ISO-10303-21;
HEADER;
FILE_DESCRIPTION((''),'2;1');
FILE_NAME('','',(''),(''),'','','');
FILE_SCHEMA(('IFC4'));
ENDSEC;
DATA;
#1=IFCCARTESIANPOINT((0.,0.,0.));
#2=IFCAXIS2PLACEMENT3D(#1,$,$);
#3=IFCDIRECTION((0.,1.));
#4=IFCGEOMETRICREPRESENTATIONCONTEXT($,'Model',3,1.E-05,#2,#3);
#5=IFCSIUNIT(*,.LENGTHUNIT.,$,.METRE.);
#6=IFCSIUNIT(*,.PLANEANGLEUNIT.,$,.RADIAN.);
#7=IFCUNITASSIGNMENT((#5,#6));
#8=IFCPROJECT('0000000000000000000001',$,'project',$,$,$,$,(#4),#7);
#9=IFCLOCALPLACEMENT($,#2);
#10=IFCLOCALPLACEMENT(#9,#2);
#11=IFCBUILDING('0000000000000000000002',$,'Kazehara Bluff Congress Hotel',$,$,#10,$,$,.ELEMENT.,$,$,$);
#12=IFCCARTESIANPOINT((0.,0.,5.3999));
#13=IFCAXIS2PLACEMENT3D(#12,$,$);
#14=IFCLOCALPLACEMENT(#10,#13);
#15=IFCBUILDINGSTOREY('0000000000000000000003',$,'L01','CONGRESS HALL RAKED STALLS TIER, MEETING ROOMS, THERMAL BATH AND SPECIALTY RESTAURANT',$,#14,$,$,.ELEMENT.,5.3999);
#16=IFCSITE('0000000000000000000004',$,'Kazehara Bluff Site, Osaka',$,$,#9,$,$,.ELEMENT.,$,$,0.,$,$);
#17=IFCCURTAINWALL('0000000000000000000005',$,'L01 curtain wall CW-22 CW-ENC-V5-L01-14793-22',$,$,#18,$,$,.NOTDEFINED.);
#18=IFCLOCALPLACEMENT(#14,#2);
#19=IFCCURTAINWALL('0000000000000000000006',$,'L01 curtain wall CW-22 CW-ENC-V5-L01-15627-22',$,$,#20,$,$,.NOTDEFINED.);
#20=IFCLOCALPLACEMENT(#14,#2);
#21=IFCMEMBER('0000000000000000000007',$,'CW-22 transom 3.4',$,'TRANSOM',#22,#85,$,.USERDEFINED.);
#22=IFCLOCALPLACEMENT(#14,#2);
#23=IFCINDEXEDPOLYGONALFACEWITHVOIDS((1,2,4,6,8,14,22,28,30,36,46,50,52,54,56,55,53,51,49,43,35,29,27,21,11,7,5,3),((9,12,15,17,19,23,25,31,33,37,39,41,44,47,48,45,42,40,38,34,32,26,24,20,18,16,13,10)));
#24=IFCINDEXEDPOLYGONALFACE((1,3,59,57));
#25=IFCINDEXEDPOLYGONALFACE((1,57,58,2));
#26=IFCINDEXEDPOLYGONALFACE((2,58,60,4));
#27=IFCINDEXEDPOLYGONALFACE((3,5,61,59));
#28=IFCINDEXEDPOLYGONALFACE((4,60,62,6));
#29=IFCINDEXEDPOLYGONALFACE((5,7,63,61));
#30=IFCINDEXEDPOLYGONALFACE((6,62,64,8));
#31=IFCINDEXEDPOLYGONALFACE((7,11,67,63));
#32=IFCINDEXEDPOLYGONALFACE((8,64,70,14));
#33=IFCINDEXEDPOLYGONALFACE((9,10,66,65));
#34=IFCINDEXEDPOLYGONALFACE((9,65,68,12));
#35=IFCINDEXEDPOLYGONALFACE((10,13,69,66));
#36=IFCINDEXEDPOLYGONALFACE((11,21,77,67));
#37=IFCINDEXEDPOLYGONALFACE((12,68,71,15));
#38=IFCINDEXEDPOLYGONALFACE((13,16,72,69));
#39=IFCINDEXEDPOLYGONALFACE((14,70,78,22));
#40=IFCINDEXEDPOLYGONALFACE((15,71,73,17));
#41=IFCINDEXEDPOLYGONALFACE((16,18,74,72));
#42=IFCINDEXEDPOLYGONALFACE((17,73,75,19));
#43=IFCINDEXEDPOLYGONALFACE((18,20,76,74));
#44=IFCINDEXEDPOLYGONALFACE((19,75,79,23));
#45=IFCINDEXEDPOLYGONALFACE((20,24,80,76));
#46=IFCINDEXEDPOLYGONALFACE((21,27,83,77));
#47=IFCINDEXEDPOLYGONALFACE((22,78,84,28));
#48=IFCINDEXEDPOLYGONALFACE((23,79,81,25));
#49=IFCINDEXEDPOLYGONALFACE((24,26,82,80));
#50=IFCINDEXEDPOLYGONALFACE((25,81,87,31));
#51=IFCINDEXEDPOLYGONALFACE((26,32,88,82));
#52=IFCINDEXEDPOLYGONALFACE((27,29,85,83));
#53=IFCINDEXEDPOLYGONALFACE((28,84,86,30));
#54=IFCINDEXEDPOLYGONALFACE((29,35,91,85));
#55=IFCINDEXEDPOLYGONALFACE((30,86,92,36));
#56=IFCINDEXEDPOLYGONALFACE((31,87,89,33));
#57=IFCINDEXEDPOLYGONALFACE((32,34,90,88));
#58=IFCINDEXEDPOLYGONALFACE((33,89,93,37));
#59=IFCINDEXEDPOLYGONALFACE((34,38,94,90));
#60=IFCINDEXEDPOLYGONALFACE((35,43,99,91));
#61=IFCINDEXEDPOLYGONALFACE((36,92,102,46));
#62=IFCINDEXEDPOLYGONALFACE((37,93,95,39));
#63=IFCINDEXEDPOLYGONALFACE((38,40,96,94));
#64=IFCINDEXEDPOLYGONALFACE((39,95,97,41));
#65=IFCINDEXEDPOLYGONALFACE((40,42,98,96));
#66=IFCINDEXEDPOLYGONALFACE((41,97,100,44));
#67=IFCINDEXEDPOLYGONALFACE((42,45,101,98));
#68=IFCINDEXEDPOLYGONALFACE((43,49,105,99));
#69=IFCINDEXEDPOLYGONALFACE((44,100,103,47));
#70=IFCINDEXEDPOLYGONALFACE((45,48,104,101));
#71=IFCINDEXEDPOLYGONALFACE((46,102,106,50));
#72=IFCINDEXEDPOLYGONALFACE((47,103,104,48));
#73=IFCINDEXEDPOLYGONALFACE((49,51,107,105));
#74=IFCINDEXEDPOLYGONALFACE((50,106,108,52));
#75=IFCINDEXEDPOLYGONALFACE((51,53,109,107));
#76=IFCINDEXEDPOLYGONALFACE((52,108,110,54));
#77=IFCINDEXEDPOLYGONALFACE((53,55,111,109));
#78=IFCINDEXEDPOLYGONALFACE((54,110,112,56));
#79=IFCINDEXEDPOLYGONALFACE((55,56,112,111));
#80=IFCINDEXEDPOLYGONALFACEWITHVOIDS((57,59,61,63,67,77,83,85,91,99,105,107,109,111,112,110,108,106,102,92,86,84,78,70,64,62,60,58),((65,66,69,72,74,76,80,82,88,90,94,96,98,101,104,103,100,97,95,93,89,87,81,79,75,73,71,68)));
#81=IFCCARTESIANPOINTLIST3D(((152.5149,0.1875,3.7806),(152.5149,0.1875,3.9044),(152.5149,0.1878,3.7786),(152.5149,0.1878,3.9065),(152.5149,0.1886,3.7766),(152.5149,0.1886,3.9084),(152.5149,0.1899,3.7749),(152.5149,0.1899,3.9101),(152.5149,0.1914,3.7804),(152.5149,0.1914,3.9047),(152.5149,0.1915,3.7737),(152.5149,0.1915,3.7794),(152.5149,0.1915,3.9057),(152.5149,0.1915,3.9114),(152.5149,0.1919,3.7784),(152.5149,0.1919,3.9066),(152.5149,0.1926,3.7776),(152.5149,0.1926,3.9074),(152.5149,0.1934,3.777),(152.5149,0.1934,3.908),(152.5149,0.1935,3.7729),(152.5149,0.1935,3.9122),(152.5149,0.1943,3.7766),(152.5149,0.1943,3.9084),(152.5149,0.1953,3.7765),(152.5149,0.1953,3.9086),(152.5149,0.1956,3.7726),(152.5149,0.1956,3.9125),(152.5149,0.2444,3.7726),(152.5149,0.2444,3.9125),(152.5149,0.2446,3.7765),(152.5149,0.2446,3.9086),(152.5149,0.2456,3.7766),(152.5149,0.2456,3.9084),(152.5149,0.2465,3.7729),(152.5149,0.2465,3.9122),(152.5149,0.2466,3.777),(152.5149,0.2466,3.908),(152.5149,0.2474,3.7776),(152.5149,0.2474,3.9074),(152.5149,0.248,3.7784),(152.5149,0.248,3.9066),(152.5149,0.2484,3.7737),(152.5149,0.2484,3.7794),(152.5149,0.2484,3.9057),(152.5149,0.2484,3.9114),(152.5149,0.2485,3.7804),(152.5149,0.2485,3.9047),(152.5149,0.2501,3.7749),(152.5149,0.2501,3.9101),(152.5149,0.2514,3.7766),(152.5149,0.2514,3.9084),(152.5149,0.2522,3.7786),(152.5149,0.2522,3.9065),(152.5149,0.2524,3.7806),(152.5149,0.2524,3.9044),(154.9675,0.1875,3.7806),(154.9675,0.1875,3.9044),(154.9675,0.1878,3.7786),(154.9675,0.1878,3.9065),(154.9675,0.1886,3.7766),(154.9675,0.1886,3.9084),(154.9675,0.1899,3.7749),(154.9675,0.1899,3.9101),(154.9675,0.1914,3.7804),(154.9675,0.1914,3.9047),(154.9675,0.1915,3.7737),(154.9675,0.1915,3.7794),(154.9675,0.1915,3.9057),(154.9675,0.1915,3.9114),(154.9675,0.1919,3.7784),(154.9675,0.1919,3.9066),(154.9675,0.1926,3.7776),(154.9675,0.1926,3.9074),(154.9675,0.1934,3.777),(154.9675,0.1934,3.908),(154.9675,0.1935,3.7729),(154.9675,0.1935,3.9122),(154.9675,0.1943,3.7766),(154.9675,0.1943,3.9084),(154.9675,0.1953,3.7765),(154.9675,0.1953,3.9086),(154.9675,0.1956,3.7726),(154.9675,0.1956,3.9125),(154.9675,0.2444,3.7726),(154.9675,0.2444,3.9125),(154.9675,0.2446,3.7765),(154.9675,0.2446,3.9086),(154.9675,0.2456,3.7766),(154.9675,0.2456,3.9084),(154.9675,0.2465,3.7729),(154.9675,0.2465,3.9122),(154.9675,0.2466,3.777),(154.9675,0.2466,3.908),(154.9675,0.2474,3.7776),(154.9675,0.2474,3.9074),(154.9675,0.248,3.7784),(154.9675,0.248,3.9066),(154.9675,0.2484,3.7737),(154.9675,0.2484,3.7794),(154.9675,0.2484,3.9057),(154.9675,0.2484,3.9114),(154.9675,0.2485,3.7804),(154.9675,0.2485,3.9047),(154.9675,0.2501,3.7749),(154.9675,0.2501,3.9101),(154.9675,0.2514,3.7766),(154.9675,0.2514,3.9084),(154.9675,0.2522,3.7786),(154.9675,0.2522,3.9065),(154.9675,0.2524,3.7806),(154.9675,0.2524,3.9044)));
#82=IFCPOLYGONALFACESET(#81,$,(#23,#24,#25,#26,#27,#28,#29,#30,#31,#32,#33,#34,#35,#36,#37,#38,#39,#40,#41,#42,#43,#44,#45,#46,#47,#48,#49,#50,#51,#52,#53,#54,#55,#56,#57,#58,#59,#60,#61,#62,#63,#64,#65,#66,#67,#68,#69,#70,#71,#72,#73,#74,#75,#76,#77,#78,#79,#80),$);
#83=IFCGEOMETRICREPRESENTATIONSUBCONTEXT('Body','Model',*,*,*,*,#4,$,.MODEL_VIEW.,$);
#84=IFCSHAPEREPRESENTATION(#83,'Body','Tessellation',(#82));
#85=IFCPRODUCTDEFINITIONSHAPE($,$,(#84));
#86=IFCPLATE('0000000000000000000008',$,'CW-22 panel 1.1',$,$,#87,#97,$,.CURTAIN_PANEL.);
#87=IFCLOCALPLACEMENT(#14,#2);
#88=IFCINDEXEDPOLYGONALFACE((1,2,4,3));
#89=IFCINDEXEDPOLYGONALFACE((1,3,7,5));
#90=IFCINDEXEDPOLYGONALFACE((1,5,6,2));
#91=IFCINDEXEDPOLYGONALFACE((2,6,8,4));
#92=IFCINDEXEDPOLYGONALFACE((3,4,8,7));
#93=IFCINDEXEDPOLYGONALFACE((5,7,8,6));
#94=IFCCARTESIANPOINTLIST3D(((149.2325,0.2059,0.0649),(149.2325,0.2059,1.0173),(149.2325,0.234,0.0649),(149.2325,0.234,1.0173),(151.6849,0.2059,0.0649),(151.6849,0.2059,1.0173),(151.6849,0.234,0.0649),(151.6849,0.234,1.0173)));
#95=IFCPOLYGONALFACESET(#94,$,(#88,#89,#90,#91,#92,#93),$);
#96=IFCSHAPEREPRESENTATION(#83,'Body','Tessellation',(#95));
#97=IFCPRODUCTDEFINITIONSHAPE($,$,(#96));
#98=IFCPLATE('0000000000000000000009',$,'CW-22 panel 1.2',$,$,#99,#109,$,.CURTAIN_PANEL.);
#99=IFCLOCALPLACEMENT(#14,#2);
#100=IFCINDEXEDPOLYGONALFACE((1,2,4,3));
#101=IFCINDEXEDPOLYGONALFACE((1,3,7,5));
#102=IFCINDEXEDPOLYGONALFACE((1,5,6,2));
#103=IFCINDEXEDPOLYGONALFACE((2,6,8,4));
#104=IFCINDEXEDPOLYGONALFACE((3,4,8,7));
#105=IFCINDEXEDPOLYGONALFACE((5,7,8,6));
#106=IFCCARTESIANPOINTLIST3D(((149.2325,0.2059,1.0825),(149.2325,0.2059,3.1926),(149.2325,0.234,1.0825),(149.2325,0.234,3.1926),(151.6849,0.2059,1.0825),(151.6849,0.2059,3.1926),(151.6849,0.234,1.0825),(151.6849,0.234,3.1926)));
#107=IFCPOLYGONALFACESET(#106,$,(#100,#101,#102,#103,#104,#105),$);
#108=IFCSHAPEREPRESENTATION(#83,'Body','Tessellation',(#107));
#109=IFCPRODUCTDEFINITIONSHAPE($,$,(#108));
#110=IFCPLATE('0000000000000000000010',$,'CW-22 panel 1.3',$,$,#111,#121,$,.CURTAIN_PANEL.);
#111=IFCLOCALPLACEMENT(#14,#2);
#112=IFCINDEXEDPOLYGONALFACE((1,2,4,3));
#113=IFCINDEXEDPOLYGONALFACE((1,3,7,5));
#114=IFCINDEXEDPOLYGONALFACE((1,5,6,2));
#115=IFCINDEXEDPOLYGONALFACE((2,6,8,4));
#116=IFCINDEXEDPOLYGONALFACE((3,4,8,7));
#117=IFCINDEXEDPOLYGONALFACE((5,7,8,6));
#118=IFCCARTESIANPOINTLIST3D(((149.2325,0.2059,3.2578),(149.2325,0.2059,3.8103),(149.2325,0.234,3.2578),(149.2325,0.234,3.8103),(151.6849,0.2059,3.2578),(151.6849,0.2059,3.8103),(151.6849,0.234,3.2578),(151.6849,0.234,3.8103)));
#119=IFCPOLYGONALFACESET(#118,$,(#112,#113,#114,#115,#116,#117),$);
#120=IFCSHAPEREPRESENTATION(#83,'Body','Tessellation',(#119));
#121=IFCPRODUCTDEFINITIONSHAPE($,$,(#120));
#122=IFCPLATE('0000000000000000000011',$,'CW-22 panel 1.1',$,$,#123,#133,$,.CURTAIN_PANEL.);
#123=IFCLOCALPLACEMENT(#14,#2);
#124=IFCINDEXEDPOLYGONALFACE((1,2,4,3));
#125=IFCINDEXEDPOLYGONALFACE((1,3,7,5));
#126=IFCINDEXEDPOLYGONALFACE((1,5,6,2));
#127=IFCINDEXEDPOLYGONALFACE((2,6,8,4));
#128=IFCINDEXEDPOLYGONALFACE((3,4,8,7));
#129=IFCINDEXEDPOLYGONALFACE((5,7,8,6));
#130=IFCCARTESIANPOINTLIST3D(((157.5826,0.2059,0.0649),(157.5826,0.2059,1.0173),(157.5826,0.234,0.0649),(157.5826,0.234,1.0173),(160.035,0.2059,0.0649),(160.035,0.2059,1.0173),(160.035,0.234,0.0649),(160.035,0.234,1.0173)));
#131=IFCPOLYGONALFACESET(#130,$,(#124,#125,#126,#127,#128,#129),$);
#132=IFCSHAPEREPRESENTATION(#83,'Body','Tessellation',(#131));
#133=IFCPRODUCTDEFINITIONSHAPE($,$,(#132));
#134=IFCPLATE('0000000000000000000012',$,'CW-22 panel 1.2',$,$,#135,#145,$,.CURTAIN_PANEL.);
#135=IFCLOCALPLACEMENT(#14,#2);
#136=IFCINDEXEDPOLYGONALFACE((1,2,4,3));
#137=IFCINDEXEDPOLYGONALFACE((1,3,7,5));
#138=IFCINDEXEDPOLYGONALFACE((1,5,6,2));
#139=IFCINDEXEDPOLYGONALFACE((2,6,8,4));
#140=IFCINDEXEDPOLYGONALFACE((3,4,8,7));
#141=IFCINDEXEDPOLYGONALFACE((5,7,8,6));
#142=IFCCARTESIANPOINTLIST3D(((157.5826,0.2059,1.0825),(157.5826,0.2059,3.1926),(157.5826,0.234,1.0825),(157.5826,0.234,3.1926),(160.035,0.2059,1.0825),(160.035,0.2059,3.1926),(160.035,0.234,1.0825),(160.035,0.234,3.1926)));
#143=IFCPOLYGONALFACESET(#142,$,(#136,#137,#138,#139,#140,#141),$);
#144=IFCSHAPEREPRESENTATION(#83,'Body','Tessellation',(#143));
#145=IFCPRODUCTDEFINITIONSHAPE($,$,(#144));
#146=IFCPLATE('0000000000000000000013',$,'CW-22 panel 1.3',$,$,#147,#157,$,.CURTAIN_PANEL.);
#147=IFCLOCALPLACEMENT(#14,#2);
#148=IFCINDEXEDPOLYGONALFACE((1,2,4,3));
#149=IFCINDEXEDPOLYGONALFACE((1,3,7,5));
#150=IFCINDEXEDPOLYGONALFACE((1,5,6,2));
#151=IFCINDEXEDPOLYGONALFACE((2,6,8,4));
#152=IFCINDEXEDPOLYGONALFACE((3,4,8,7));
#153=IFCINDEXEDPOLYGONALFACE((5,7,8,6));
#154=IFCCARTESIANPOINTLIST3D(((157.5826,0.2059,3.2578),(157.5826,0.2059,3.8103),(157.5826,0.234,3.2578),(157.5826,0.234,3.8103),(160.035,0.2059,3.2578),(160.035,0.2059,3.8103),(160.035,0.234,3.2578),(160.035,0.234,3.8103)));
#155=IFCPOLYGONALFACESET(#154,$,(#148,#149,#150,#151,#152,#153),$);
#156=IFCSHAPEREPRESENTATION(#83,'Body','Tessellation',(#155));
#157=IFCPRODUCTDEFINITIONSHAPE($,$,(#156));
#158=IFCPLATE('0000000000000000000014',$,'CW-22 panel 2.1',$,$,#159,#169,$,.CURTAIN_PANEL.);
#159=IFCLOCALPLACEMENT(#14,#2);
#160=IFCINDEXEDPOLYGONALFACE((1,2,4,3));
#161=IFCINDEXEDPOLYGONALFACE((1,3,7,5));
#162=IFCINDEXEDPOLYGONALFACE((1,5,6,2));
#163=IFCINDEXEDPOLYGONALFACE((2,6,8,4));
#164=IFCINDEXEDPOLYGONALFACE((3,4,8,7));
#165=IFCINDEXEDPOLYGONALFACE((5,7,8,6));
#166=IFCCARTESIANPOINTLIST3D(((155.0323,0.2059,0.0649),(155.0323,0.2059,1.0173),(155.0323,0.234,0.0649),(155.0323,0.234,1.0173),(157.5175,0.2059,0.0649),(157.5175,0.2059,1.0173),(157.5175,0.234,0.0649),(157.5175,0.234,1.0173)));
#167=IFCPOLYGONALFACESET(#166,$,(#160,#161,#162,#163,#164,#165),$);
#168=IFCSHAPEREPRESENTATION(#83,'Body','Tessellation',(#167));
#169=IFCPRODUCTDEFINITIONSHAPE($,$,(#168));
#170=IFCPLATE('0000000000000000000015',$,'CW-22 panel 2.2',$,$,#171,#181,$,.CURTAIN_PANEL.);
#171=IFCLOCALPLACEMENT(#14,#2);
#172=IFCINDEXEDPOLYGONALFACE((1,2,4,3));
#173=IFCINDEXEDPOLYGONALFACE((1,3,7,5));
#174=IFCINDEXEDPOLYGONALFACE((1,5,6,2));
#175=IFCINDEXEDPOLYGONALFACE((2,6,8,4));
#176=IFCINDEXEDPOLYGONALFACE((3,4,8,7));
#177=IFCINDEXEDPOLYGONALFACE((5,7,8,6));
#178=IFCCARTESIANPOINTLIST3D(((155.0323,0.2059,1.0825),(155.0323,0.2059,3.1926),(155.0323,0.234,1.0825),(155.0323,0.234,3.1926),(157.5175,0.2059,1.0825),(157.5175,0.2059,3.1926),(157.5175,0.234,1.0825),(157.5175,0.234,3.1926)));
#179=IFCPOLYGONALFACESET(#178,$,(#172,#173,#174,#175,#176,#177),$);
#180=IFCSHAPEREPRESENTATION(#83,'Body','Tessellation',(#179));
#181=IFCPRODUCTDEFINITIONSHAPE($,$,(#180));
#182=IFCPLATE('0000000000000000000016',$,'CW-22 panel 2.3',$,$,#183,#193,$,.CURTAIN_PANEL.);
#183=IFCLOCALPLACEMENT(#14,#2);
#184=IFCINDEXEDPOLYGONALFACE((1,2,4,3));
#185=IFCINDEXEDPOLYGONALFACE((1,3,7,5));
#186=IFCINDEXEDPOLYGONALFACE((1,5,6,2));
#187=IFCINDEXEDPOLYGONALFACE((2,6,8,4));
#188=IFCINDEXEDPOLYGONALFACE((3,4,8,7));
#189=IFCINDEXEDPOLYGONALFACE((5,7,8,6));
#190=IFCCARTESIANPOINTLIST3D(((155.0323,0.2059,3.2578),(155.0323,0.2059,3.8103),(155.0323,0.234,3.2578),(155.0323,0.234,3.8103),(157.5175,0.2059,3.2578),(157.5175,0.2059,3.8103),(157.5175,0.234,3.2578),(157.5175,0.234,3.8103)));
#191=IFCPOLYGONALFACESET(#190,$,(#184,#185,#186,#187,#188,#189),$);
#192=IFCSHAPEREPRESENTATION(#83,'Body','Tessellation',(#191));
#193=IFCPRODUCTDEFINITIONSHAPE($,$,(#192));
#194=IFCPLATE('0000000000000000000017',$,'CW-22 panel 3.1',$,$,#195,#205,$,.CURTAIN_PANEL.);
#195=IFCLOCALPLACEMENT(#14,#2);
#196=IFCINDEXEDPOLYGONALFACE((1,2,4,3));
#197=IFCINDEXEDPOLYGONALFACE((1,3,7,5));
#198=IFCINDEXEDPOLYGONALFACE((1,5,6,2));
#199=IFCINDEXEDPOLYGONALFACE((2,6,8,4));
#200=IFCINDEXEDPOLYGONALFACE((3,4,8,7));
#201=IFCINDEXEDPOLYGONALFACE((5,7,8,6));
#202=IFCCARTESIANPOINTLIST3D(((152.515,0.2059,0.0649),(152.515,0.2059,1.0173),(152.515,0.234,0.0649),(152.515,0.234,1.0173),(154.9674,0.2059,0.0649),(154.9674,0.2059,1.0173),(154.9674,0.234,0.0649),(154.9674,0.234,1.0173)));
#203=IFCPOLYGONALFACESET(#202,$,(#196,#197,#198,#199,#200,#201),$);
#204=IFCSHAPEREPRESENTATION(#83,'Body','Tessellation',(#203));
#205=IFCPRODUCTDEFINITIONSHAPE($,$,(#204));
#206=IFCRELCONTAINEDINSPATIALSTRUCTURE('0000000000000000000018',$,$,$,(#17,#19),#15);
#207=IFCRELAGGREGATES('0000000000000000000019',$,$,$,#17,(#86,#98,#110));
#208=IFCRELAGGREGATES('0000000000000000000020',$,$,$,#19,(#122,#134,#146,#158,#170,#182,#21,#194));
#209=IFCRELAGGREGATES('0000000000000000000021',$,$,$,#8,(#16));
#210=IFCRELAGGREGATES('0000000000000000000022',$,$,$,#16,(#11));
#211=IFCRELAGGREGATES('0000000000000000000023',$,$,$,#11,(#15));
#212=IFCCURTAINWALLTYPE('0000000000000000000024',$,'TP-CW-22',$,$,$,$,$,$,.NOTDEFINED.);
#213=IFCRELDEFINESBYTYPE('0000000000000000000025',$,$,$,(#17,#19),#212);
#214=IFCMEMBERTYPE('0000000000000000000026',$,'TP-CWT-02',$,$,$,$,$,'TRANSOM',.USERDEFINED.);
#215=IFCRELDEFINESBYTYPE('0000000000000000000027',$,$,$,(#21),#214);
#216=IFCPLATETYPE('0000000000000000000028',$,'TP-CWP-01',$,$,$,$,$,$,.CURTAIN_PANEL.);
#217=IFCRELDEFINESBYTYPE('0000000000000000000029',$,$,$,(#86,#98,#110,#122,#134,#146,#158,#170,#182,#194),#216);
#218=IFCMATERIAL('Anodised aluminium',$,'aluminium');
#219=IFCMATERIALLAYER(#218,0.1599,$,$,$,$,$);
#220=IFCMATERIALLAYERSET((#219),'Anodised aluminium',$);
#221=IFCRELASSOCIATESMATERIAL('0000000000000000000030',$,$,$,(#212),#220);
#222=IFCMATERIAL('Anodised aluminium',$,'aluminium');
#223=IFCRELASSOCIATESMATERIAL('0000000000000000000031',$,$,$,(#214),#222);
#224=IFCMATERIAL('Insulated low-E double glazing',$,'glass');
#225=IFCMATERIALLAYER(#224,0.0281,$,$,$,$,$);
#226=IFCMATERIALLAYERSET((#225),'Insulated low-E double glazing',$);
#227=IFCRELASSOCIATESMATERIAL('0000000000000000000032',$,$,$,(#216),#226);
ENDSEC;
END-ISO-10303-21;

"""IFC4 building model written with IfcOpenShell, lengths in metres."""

from ifc_helpers import new_model, si_unit, direction, frame, origin, origin_2d, place, context, subcontext, project, spatial, rectangle, hollow_rectangle, extrude, material, layer, layer_set, material_profile, profile_set, type_object, element, aggregate, save


model = new_model("IFC4")

# Units and contexts
model_context = context("Model", 3, precision=1e-05, world=origin(), true_north=direction((0.0, 1.0)))
body_context = subcontext(model_context, "Body", "Model", "MODEL_VIEW")
ifc_project = project(units=[si_unit("LENGTHUNIT", "METRE"), si_unit("PLANEANGLEUNIT", "RADIAN")], contexts=[model_context])

# Site, building, storey
site_placement = place(None, origin())
site = spatial("IfcSite", under=ifc_project, at=site_placement, Name="Kazehara Bluff Site, Osaka", CompositionType="ELEMENT", RefElevation=0.0)
building_placement = place(site_placement, origin())
building = spatial("IfcBuilding", under=site, at=building_placement, Name="Kazehara Bluff Congress Hotel", CompositionType="ELEMENT")
storey_placement = place(building_placement, frame((0.0, 0.0, 5.3999)))
storey = spatial("IfcBuildingStorey", under=building, at=storey_placement, Name="L01", Description="CONGRESS HALL RAKED STALLS TIER, MEETING ROOMS, THERMAL BATH AND SPECIALTY RESTAURANT", CompositionType="ELEMENT", Elevation=5.3999)

# Curtain walls
ifc_material_1 = material(Name="Anodised aluminium", Category="aluminium")
ifc_layer_1 = layer(ifc_material_1, 0.1599)
ifc_layer_set_1 = layer_set([ifc_layer_1], Name="Anodised aluminium")
curtain_wall_type = type_object("IfcCurtainWallType", Name="TP-CW-22", PredefinedType="NOTDEFINED", material=ifc_layer_set_1)
curtain_wall_1_placement = place(storey_placement, origin())
curtain_wall_1 = element("IfcCurtainWall", 1, at=curtain_wall_1_placement, inside=storey, type_object=curtain_wall_type, Name="L01 curtain wall CW-22 CW-ENC-V5-L01-14793-22", PredefinedType="NOTDEFINED")
curtain_wall_2_placement = place(storey_placement, origin())
curtain_wall_2 = element("IfcCurtainWall", 2, at=curtain_wall_2_placement, inside=storey, type_object=curtain_wall_type, Name="L01 curtain wall CW-22 CW-ENC-V5-L01-15627-22", PredefinedType="NOTDEFINED")

# Member
ifc_material_2 = material(Name="Anodised aluminium", Category="aluminium")
ifc_material_profile_1 = material_profile(ifc_material_2, hollow_rectangle(XDim=0.0649, YDim=0.1399, WallThickness=0.0039, InnerFilletRadius=0.0039, OuterFilletRadius=0.0081, at=origin_2d()))
ifc_profile_set_1 = profile_set([ifc_material_profile_1], Name="Anodised aluminium")
member_type_1 = type_object("IfcMemberType", Name="TP-CWT-02", ElementType="TRANSOM", PredefinedType="USERDEFINED", material=ifc_profile_set_1)
member_1_placement = place(storey_placement, frame((154.9675, 0.22, 3.8425), z_axis=(-1.0, 0.0, 0.0), x_axis=(0.0, -1.0, 0.0)))
member_1 = element("IfcMember", 3, at=member_1_placement, type_object=member_type_1, Name="CW-22 transom 3.4", ObjectType="TRANSOM", PredefinedType="USERDEFINED", context=body_context, shape_type="SweptSolid", body=[
    extrude(hollow_rectangle(XDim=0.0649, YDim=0.1399, WallThickness=0.0039, InnerFilletRadius=0.0039, OuterFilletRadius=0.0081, at=origin_2d()), origin(), (0.0, 0.0, 1.0), 2.4526),
])

# Plates
ifc_material_3 = material(Name="Insulated low-E double glazing", Category="glass")
ifc_layer_2 = layer(ifc_material_3, 0.0281)
ifc_layer_set_2 = layer_set([ifc_layer_2], Name="Insulated low-E double glazing")
plate_type = type_object("IfcPlateType", Name="TP-CWP-01", PredefinedType="CURTAIN_PANEL", material=ifc_layer_set_2)
plate_1_placement = place(storey_placement, frame((150.4587, 0.22, 0.0649), z_axis=(0.0, 0.0, 1.0), x_axis=(-1.0, 0.0, 0.0)))
plate_1 = element("IfcPlate", 4, at=plate_1_placement, type_object=plate_type, Name="CW-22 panel 1.1", PredefinedType="CURTAIN_PANEL", context=body_context, shape_type="SweptSolid", body=[
    extrude(rectangle(XDim=2.4524, YDim=0.0281, at=origin_2d()), origin(), (0.0, 0.0, 1.0), 0.9524),
])
plate_2_placement = place(storey_placement, frame((150.4587, 0.22, 1.0825), z_axis=(0.0, 0.0, 1.0), x_axis=(-1.0, 0.0, 0.0)))
plate_2 = element("IfcPlate", 5, at=plate_2_placement, type_object=plate_type, Name="CW-22 panel 1.2", PredefinedType="CURTAIN_PANEL", context=body_context, shape_type="SweptSolid", body=[
    extrude(rectangle(XDim=2.4524, YDim=0.0281, at=origin_2d()), origin(), (0.0, 0.0, 1.0), 2.1101),
])
plate_3_placement = place(storey_placement, frame((150.4587, 0.22, 3.2578), z_axis=(0.0, 0.0, 1.0), x_axis=(-1.0, 0.0, 0.0)))
plate_3 = element("IfcPlate", 6, at=plate_3_placement, type_object=plate_type, Name="CW-22 panel 1.3", PredefinedType="CURTAIN_PANEL", context=body_context, shape_type="SweptSolid", body=[
    extrude(rectangle(XDim=2.4524, YDim=0.0281, at=origin_2d()), origin(), (0.0, 0.0, 1.0), 0.5525),
])
aggregate(curtain_wall_1, [plate_1, plate_2, plate_3])
plate_4_placement = place(storey_placement, frame((158.8088, 0.22, 0.0649), z_axis=(0.0, 0.0, 1.0), x_axis=(-1.0, 0.0, 0.0)))
plate_4 = element("IfcPlate", 7, at=plate_4_placement, type_object=plate_type, Name="CW-22 panel 1.1", PredefinedType="CURTAIN_PANEL", context=body_context, shape_type="SweptSolid", body=[
    extrude(rectangle(XDim=2.4524, YDim=0.0281, at=origin_2d()), origin(), (0.0, 0.0, 1.0), 0.9524),
])
plate_5_placement = place(storey_placement, frame((158.8088, 0.22, 1.0825), z_axis=(0.0, 0.0, 1.0), x_axis=(-1.0, 0.0, 0.0)))
plate_5 = element("IfcPlate", 8, at=plate_5_placement, type_object=plate_type, Name="CW-22 panel 1.2", PredefinedType="CURTAIN_PANEL", context=body_context, shape_type="SweptSolid", body=[
    extrude(rectangle(XDim=2.4524, YDim=0.0281, at=origin_2d()), origin(), (0.0, 0.0, 1.0), 2.1101),
])
plate_6_placement = place(storey_placement, frame((158.8088, 0.22, 3.2578), z_axis=(0.0, 0.0, 1.0), x_axis=(-1.0, 0.0, 0.0)))
plate_6 = element("IfcPlate", 9, at=plate_6_placement, type_object=plate_type, Name="CW-22 panel 1.3", PredefinedType="CURTAIN_PANEL", context=body_context, shape_type="SweptSolid", body=[
    extrude(rectangle(XDim=2.4524, YDim=0.0281, at=origin_2d()), origin(), (0.0, 0.0, 1.0), 0.5525),
])
plate_7_placement = place(storey_placement, frame((156.2749, 0.22, 0.0649), z_axis=(0.0, 0.0, 1.0), x_axis=(-1.0, 0.0, 0.0)))
plate_7 = element("IfcPlate", 10, at=plate_7_placement, type_object=plate_type, Name="CW-22 panel 2.1", PredefinedType="CURTAIN_PANEL", context=body_context, shape_type="SweptSolid", body=[
    extrude(rectangle(XDim=2.4851, YDim=0.0281, at=origin_2d()), origin(), (0.0, 0.0, 1.0), 0.9524),
])
plate_8_placement = place(storey_placement, frame((156.2749, 0.22, 1.0825), z_axis=(0.0, 0.0, 1.0), x_axis=(-1.0, 0.0, 0.0)))
plate_8 = element("IfcPlate", 11, at=plate_8_placement, type_object=plate_type, Name="CW-22 panel 2.2", PredefinedType="CURTAIN_PANEL", context=body_context, shape_type="SweptSolid", body=[
    extrude(rectangle(XDim=2.4851, YDim=0.0281, at=origin_2d()), origin(), (0.0, 0.0, 1.0), 2.1101),
])
plate_9_placement = place(storey_placement, frame((156.2749, 0.22, 3.2578), z_axis=(0.0, 0.0, 1.0), x_axis=(-1.0, 0.0, 0.0)))
plate_9 = element("IfcPlate", 12, at=plate_9_placement, type_object=plate_type, Name="CW-22 panel 2.3", PredefinedType="CURTAIN_PANEL", context=body_context, shape_type="SweptSolid", body=[
    extrude(rectangle(XDim=2.4851, YDim=0.0281, at=origin_2d()), origin(), (0.0, 0.0, 1.0), 0.5525),
])
plate_10_placement = place(storey_placement, frame((153.7412, 0.22, 0.0649), z_axis=(0.0, 0.0, 1.0), x_axis=(-1.0, 0.0, 0.0)))
plate_10 = element("IfcPlate", 13, at=plate_10_placement, type_object=plate_type, Name="CW-22 panel 3.1", PredefinedType="CURTAIN_PANEL", context=body_context, shape_type="SweptSolid", body=[
    extrude(rectangle(XDim=2.4524, YDim=0.0281, at=origin_2d()), origin(), (0.0, 0.0, 1.0), 0.9524),
])
aggregate(curtain_wall_2, [plate_4, plate_5, plate_6, plate_7, plate_8, plate_9, member_1, plate_10])

save(model, "model.ifc")
